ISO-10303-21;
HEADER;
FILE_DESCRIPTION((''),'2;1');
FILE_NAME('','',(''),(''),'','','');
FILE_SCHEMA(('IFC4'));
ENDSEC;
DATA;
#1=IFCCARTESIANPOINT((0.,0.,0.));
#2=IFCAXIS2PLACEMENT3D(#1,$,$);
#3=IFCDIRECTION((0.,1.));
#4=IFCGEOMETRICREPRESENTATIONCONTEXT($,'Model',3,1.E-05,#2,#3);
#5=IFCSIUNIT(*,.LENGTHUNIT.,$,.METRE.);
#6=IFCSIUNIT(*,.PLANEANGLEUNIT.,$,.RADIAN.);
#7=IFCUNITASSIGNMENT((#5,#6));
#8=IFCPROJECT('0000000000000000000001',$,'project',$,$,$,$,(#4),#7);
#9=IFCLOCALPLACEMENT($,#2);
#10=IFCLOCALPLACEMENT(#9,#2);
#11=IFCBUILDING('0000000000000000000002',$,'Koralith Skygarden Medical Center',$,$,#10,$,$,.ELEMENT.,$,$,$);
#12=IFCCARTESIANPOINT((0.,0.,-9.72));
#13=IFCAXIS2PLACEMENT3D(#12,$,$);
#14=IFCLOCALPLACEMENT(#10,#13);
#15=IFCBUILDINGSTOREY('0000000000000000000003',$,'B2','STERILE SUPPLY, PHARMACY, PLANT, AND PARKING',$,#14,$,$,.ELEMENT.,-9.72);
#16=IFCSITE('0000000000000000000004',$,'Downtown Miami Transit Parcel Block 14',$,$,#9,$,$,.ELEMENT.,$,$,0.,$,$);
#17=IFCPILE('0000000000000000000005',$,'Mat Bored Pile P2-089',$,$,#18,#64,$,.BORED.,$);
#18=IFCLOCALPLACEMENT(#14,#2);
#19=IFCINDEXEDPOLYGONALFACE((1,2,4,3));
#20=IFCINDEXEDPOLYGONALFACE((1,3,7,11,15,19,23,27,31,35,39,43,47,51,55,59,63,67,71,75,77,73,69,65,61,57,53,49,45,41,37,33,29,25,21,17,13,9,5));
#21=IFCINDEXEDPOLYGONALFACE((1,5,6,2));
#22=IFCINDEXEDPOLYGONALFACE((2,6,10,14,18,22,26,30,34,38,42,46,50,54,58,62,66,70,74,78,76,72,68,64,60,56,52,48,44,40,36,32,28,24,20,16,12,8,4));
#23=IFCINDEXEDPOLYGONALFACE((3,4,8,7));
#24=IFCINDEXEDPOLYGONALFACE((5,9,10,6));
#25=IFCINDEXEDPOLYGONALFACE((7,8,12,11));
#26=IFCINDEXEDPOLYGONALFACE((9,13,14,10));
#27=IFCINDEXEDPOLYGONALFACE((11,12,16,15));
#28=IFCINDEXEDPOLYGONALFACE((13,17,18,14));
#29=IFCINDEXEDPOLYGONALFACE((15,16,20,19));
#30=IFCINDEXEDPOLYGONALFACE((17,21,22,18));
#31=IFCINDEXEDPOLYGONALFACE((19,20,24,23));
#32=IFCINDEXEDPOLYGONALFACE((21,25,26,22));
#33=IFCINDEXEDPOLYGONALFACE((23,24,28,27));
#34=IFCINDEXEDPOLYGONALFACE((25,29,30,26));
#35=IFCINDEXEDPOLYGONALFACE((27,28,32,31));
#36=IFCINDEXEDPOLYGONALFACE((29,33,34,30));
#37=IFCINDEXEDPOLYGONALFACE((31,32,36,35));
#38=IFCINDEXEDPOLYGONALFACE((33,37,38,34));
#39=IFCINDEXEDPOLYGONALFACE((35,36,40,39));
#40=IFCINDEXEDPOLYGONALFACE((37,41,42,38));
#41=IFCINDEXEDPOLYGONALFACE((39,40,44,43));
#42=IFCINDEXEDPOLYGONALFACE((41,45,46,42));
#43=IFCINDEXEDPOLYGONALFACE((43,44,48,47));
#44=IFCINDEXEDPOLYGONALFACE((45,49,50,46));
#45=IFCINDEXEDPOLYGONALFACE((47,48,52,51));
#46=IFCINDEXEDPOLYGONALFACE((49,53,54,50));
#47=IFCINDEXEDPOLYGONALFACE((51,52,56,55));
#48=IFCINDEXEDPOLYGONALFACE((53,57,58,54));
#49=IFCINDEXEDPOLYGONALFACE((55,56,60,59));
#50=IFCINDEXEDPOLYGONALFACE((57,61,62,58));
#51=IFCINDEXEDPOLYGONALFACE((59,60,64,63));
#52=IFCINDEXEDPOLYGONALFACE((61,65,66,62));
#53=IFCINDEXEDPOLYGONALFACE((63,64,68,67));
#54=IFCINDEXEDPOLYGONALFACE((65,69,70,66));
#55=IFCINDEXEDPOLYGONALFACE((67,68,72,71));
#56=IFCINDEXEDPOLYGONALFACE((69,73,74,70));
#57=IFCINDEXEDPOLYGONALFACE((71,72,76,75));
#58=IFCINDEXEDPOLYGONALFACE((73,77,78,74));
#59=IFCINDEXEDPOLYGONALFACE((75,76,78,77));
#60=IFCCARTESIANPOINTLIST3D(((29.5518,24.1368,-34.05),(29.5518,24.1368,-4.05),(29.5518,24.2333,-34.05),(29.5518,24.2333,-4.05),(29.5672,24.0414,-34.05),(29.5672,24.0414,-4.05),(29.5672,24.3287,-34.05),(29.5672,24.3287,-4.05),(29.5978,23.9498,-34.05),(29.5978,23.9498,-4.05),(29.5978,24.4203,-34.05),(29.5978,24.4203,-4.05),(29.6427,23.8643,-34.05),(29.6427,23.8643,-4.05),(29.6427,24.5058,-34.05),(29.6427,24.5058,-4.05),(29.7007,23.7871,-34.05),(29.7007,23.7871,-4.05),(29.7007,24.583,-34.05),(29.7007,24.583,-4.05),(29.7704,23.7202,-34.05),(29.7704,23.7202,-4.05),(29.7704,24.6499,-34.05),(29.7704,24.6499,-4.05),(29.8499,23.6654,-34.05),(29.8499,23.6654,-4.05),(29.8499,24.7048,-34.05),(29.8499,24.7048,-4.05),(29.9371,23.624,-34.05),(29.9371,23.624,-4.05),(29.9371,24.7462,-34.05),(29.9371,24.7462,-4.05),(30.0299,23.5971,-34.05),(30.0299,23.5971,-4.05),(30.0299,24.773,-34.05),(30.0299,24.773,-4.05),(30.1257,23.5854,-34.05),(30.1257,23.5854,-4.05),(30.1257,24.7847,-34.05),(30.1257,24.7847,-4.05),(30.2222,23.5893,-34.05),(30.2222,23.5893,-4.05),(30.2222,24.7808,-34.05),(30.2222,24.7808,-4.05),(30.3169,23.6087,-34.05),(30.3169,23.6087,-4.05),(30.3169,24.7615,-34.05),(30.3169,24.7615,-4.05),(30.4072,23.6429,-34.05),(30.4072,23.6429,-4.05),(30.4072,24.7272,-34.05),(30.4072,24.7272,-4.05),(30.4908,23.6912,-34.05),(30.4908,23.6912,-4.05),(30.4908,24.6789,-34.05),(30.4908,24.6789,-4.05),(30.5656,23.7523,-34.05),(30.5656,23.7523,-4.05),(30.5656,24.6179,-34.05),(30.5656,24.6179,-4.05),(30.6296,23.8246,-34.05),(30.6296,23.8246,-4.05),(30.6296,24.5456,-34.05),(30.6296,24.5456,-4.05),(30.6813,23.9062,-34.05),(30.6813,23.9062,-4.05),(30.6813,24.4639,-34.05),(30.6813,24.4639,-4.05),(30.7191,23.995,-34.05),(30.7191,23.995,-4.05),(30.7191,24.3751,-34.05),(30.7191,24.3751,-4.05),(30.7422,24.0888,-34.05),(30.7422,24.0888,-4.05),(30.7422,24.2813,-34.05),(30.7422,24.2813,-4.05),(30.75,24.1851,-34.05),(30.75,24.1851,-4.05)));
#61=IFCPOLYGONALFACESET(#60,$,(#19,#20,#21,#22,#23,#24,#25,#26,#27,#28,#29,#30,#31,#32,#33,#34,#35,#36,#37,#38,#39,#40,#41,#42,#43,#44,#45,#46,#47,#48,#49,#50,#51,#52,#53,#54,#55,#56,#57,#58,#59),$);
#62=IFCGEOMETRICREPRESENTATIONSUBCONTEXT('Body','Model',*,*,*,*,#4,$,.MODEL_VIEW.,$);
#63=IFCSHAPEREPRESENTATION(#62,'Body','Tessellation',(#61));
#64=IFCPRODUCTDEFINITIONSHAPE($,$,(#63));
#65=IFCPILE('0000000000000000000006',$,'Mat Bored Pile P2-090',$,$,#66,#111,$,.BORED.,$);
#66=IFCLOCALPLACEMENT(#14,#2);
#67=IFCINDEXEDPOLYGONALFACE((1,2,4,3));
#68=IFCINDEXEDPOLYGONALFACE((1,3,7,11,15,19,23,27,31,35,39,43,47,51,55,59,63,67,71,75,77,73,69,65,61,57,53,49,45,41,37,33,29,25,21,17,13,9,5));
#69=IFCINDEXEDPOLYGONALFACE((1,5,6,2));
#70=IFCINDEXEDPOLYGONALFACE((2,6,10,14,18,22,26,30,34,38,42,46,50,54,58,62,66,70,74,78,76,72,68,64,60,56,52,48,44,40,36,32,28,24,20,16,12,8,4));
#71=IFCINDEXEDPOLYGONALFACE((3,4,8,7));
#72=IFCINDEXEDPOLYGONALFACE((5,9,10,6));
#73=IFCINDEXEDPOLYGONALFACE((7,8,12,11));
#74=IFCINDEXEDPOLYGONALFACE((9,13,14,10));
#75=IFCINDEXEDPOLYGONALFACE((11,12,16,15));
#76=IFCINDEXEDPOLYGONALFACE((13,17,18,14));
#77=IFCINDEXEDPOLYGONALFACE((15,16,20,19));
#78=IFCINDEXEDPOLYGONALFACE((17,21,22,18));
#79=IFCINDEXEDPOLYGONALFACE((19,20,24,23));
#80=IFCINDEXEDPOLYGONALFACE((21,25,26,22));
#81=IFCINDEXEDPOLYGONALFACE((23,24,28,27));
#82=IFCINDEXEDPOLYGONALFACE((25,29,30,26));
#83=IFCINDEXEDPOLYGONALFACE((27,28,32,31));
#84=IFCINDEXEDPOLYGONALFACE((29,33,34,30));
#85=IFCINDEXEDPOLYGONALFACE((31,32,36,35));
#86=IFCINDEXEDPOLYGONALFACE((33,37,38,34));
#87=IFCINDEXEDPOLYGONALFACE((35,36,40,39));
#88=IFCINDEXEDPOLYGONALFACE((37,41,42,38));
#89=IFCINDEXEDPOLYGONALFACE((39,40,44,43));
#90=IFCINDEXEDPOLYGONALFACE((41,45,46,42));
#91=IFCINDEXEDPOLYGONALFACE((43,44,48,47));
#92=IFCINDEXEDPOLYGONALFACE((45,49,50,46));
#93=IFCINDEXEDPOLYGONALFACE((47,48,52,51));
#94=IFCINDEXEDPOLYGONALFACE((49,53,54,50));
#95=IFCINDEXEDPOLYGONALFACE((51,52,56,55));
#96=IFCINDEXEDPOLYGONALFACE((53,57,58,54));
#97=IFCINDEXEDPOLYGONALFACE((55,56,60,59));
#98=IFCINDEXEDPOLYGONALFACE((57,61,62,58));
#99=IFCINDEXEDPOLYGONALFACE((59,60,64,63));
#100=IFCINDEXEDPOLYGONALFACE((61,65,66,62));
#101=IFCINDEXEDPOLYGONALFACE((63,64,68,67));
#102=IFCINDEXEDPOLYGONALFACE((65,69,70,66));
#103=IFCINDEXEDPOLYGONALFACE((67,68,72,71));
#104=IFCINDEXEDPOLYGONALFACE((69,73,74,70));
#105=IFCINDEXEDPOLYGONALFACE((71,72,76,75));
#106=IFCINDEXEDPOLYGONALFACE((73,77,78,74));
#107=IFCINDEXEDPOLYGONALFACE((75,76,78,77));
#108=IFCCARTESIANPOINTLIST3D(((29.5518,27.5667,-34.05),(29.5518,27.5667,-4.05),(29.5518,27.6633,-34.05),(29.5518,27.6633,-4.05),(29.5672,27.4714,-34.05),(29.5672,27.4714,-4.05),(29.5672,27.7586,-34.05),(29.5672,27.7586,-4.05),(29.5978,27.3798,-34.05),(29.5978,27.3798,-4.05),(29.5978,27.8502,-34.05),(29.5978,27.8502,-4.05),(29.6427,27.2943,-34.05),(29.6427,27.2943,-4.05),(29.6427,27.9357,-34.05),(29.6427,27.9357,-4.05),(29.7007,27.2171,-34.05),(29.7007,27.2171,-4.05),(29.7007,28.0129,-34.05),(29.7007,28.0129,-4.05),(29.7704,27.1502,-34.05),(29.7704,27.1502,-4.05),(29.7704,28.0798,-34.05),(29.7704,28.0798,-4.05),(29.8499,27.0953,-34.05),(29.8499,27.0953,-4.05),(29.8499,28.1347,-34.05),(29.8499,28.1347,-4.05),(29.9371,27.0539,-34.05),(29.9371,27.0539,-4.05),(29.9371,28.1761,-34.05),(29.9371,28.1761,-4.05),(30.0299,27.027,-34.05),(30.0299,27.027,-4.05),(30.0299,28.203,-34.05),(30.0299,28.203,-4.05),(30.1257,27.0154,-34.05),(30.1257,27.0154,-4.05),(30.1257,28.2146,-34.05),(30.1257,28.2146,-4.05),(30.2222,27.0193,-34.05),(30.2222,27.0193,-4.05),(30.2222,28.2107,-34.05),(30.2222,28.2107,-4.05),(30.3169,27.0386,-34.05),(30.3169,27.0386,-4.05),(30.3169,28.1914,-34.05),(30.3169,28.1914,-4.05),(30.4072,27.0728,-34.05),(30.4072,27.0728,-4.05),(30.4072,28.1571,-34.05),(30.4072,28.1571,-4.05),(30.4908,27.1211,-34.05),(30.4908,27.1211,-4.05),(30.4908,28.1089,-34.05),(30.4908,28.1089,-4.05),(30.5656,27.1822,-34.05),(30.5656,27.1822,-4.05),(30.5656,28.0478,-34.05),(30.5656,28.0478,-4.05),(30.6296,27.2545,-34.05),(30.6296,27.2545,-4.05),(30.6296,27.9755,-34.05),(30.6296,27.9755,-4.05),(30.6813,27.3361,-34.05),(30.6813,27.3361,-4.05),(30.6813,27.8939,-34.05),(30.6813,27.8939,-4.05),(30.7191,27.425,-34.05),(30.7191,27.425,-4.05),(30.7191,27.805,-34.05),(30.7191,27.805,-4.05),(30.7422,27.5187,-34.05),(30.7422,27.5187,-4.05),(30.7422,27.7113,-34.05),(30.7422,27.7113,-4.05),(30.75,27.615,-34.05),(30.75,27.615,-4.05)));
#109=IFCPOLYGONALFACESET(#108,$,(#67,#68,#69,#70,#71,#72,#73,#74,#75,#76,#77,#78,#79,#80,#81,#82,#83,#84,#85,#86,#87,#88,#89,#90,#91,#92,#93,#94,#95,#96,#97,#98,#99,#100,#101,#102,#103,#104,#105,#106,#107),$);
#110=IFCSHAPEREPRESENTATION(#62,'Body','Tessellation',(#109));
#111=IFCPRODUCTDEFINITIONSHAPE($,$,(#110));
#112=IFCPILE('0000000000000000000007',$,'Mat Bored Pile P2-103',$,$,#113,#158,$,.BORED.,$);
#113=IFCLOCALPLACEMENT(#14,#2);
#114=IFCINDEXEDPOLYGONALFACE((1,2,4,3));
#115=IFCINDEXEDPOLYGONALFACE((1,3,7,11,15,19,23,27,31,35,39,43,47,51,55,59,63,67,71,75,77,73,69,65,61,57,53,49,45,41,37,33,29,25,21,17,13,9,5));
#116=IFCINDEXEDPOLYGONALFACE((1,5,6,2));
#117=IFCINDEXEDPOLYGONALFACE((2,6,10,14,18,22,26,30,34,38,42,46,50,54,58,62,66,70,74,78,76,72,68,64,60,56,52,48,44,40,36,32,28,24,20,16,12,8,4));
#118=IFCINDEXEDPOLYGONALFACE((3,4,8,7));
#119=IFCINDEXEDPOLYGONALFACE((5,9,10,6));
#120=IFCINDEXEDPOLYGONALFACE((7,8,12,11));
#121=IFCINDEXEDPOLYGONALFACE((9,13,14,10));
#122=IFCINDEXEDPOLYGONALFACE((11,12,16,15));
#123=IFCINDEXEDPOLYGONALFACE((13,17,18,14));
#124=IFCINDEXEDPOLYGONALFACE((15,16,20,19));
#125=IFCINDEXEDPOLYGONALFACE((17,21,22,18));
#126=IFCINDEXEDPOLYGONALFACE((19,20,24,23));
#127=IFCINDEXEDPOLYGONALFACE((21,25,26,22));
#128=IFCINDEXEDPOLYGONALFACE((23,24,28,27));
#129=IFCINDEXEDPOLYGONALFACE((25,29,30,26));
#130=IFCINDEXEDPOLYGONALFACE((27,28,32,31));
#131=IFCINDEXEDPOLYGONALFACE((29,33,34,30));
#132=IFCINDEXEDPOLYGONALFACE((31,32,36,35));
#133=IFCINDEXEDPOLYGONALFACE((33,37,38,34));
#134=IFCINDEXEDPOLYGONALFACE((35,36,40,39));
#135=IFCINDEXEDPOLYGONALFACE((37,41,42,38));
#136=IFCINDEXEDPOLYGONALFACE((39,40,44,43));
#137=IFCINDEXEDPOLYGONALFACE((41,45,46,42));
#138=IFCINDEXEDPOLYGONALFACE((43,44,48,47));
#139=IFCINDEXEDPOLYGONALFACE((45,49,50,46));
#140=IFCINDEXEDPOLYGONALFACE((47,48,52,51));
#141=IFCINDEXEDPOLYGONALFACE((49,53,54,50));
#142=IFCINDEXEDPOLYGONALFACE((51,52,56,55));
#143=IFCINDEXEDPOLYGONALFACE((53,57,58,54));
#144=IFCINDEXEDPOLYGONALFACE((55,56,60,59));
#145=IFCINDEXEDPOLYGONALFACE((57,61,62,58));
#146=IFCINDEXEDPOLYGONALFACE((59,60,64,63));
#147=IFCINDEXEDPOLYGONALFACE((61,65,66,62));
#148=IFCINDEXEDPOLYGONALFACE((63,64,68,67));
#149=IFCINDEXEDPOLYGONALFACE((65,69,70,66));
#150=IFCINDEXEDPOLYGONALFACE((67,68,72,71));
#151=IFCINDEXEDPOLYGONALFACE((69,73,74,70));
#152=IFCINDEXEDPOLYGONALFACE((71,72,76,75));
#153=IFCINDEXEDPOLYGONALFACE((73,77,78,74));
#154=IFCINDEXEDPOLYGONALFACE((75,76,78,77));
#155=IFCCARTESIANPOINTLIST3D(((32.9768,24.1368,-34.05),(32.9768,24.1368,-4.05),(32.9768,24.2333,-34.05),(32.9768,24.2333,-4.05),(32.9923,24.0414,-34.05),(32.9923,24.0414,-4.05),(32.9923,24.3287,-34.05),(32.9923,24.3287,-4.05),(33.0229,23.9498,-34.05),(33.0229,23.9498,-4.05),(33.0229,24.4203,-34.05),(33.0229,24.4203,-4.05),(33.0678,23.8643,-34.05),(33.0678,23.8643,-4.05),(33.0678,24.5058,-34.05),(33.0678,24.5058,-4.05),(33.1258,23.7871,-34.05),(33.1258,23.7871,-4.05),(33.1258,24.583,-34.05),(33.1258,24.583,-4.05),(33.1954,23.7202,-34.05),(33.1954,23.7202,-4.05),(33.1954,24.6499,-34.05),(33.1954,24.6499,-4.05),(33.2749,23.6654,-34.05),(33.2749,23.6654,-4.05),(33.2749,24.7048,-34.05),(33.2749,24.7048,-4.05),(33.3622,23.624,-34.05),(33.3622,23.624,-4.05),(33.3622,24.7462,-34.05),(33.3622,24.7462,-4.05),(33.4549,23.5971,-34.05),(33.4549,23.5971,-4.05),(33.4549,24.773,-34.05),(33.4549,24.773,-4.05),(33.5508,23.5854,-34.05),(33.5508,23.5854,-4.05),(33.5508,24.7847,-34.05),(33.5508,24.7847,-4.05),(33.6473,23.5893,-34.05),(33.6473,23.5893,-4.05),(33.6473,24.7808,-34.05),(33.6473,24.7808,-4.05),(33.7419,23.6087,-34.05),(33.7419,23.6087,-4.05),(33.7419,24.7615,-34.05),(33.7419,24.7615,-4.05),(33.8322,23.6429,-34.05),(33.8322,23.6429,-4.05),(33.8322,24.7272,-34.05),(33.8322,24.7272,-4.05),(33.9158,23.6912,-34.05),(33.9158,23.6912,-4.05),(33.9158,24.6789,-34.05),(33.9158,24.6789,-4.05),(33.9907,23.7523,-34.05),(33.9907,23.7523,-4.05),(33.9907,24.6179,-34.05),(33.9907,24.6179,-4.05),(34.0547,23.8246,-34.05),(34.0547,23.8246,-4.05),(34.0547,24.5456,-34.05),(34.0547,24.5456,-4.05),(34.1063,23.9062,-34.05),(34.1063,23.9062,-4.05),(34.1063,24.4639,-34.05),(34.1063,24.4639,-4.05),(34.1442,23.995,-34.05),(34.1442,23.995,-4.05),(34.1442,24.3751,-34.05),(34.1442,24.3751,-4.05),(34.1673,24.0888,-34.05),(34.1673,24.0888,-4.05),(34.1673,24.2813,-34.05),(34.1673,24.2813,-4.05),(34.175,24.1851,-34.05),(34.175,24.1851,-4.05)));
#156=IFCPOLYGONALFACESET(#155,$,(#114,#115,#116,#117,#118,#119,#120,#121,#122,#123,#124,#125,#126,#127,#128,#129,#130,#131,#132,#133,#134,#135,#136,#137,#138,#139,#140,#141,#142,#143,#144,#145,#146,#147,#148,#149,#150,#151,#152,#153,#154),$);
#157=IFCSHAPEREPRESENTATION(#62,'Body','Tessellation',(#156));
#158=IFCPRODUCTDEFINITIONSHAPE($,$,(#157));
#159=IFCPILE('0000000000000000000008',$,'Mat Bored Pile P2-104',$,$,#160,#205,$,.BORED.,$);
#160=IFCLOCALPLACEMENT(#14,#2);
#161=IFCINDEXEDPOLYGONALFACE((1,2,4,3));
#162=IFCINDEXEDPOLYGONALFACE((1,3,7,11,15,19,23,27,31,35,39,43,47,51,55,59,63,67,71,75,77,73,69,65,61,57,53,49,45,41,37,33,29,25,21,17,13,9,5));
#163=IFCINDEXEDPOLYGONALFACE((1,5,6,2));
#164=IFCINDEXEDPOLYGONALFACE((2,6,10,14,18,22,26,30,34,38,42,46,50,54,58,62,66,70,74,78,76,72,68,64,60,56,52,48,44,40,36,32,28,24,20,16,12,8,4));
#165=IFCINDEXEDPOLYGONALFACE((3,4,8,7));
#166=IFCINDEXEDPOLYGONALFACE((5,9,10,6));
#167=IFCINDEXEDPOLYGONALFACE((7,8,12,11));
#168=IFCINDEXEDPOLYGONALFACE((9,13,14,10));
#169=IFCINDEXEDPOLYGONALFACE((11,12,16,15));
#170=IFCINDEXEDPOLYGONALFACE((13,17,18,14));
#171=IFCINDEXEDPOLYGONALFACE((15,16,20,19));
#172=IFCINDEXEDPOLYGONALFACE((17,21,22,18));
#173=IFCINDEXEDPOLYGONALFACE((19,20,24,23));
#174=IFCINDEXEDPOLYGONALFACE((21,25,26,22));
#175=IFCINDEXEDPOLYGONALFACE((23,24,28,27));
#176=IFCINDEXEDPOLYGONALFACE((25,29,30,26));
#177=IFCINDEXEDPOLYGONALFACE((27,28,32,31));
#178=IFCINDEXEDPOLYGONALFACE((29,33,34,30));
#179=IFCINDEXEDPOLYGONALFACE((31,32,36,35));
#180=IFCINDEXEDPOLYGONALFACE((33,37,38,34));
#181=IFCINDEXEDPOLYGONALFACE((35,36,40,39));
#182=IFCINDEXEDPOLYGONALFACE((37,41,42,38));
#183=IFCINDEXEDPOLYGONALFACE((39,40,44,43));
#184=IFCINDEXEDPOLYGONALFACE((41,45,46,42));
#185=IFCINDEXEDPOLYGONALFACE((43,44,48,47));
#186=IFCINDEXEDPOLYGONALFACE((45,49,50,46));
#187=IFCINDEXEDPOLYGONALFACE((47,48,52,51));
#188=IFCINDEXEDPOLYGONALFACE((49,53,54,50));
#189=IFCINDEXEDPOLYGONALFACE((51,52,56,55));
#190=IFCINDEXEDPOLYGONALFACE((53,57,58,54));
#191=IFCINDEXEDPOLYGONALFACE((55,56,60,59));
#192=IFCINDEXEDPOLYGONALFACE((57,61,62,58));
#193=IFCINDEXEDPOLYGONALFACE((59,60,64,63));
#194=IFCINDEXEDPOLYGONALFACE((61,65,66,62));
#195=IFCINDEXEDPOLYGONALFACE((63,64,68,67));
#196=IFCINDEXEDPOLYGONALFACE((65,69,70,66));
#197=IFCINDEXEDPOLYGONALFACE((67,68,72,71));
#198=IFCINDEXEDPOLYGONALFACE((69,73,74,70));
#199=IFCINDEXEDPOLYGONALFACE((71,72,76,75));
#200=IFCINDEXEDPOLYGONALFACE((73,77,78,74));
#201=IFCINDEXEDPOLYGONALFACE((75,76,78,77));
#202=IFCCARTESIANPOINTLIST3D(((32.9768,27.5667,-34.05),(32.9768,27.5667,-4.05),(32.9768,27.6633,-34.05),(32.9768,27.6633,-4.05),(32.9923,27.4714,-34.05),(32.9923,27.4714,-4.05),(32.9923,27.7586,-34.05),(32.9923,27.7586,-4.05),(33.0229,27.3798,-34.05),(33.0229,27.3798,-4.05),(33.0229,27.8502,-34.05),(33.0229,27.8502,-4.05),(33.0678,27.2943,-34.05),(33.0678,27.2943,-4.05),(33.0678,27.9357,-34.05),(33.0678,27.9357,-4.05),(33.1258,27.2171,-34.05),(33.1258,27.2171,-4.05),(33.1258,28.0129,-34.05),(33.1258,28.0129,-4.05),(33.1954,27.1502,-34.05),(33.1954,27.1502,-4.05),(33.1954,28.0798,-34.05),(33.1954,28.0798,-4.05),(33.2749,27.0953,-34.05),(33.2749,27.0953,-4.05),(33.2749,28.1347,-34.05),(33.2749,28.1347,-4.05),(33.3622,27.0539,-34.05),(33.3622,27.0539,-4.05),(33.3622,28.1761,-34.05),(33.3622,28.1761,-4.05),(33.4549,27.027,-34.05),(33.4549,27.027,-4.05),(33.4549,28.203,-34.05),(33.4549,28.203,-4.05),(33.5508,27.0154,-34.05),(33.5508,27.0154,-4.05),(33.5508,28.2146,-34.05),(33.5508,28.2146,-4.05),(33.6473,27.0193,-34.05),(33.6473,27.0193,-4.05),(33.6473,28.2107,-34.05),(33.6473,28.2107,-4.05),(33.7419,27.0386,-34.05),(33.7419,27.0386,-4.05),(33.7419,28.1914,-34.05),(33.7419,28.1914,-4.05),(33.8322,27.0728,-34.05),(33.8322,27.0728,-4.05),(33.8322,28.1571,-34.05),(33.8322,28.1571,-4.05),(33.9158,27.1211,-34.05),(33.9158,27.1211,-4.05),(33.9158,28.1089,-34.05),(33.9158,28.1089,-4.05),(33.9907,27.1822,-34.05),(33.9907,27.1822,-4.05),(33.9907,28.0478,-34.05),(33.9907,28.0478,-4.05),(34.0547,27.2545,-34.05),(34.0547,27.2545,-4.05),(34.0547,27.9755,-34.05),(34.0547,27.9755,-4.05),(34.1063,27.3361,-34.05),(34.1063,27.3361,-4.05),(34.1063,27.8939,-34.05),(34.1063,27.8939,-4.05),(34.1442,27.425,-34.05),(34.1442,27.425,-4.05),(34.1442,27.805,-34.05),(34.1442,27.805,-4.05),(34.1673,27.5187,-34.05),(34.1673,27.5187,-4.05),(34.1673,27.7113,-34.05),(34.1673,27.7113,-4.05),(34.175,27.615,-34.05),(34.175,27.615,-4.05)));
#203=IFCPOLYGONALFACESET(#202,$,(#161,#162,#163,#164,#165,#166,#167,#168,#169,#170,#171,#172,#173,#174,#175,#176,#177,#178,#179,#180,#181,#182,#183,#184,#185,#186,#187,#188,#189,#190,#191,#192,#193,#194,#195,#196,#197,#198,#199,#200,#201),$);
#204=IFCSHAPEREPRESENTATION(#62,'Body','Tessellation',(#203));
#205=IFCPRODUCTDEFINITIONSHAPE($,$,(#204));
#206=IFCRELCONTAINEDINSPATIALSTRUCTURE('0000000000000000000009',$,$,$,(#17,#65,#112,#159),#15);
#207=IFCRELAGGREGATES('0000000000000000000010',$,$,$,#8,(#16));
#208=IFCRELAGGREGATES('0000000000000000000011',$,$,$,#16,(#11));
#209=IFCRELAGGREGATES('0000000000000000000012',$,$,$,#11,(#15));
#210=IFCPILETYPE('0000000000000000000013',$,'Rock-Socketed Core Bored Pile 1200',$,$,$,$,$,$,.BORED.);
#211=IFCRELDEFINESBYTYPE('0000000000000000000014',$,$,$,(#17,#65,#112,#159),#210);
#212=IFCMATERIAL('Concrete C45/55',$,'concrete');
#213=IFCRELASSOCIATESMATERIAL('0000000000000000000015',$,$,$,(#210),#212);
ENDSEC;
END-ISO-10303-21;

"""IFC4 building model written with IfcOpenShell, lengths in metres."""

from ifc_helpers import new_model, si_unit, direction, frame, origin, origin_2d, place, context, subcontext, project, spatial, circle, extrude, material, material_profile, profile_set, type_object, element, save


model = new_model("IFC4")

# Units and contexts
model_context = context("Model", 3, precision=1e-05, world=origin(), true_north=direction((0.0, 1.0)))
body_context = subcontext(model_context, "Body", "Model", "MODEL_VIEW")
ifc_project = project(units=[si_unit("LENGTHUNIT", "METRE"), si_unit("PLANEANGLEUNIT", "RADIAN")], contexts=[model_context])

# Site, building, storey
site_placement = place(None, origin())
site = spatial("IfcSite", under=ifc_project, at=site_placement, Name="Downtown Miami Transit Parcel Block 14", CompositionType="ELEMENT", RefElevation=0.0)
building_placement = place(site_placement, origin())
building = spatial("IfcBuilding", under=site, at=building_placement, Name="Koralith Skygarden Medical Center", CompositionType="ELEMENT")
storey_placement = place(building_placement, frame((0.0, 0.0, -9.72)))
storey = spatial("IfcBuildingStorey", under=building, at=storey_placement, Name="B2", Description="STERILE SUPPLY, PHARMACY, PLANT, AND PARKING", CompositionType="ELEMENT", Elevation=-9.72)

# Piles
ifc_material_1 = material(Name="Concrete C45/55", Category="concrete")
ifc_material_profile = material_profile(ifc_material_1, circle(Radius=0.6001, at=origin_2d()), Name="PILE1200")
ifc_profile_set = profile_set([ifc_material_profile], Name="Concrete C45/55")
pile_type = type_object("IfcPileType", Name="Rock-Socketed Core Bored Pile 1200", PredefinedType="BORED", material=ifc_profile_set)
for number, where, z_axis, x_axis, name in (
    (1, (30.1499, 24.1851, -4.05), (0.0, 0.0, -1.0), (1.0, 0.0, 0.0), "Mat Bored Pile P2-089"),
    (2, (30.1499, 27.615, -4.05), (0.0, 0.0, -1.0), (1.0, 0.0, 0.0), "Mat Bored Pile P2-090"),
    (3, (33.575, 24.1851, -4.05), (0.0, 0.0, -1.0), (1.0, 0.0, 0.0), "Mat Bored Pile P2-103"),
    (4, (33.575, 27.615, -4.05), (0.0, 0.0, -1.0), (1.0, 0.0, 0.0), "Mat Bored Pile P2-104"),
):
    element("IfcPile", number, at=place(storey_placement, frame(where, z_axis=z_axis, x_axis=x_axis)), inside=storey, type_object=pile_type, Name=name, PredefinedType="BORED", context=body_context, shape_type="SweptSolid", body=[
        extrude(circle(Radius=0.6001, at=origin_2d()), origin(), (0.0, 0.0, 1.0), 30.0),
    ])

save(model, "model.ifc")
